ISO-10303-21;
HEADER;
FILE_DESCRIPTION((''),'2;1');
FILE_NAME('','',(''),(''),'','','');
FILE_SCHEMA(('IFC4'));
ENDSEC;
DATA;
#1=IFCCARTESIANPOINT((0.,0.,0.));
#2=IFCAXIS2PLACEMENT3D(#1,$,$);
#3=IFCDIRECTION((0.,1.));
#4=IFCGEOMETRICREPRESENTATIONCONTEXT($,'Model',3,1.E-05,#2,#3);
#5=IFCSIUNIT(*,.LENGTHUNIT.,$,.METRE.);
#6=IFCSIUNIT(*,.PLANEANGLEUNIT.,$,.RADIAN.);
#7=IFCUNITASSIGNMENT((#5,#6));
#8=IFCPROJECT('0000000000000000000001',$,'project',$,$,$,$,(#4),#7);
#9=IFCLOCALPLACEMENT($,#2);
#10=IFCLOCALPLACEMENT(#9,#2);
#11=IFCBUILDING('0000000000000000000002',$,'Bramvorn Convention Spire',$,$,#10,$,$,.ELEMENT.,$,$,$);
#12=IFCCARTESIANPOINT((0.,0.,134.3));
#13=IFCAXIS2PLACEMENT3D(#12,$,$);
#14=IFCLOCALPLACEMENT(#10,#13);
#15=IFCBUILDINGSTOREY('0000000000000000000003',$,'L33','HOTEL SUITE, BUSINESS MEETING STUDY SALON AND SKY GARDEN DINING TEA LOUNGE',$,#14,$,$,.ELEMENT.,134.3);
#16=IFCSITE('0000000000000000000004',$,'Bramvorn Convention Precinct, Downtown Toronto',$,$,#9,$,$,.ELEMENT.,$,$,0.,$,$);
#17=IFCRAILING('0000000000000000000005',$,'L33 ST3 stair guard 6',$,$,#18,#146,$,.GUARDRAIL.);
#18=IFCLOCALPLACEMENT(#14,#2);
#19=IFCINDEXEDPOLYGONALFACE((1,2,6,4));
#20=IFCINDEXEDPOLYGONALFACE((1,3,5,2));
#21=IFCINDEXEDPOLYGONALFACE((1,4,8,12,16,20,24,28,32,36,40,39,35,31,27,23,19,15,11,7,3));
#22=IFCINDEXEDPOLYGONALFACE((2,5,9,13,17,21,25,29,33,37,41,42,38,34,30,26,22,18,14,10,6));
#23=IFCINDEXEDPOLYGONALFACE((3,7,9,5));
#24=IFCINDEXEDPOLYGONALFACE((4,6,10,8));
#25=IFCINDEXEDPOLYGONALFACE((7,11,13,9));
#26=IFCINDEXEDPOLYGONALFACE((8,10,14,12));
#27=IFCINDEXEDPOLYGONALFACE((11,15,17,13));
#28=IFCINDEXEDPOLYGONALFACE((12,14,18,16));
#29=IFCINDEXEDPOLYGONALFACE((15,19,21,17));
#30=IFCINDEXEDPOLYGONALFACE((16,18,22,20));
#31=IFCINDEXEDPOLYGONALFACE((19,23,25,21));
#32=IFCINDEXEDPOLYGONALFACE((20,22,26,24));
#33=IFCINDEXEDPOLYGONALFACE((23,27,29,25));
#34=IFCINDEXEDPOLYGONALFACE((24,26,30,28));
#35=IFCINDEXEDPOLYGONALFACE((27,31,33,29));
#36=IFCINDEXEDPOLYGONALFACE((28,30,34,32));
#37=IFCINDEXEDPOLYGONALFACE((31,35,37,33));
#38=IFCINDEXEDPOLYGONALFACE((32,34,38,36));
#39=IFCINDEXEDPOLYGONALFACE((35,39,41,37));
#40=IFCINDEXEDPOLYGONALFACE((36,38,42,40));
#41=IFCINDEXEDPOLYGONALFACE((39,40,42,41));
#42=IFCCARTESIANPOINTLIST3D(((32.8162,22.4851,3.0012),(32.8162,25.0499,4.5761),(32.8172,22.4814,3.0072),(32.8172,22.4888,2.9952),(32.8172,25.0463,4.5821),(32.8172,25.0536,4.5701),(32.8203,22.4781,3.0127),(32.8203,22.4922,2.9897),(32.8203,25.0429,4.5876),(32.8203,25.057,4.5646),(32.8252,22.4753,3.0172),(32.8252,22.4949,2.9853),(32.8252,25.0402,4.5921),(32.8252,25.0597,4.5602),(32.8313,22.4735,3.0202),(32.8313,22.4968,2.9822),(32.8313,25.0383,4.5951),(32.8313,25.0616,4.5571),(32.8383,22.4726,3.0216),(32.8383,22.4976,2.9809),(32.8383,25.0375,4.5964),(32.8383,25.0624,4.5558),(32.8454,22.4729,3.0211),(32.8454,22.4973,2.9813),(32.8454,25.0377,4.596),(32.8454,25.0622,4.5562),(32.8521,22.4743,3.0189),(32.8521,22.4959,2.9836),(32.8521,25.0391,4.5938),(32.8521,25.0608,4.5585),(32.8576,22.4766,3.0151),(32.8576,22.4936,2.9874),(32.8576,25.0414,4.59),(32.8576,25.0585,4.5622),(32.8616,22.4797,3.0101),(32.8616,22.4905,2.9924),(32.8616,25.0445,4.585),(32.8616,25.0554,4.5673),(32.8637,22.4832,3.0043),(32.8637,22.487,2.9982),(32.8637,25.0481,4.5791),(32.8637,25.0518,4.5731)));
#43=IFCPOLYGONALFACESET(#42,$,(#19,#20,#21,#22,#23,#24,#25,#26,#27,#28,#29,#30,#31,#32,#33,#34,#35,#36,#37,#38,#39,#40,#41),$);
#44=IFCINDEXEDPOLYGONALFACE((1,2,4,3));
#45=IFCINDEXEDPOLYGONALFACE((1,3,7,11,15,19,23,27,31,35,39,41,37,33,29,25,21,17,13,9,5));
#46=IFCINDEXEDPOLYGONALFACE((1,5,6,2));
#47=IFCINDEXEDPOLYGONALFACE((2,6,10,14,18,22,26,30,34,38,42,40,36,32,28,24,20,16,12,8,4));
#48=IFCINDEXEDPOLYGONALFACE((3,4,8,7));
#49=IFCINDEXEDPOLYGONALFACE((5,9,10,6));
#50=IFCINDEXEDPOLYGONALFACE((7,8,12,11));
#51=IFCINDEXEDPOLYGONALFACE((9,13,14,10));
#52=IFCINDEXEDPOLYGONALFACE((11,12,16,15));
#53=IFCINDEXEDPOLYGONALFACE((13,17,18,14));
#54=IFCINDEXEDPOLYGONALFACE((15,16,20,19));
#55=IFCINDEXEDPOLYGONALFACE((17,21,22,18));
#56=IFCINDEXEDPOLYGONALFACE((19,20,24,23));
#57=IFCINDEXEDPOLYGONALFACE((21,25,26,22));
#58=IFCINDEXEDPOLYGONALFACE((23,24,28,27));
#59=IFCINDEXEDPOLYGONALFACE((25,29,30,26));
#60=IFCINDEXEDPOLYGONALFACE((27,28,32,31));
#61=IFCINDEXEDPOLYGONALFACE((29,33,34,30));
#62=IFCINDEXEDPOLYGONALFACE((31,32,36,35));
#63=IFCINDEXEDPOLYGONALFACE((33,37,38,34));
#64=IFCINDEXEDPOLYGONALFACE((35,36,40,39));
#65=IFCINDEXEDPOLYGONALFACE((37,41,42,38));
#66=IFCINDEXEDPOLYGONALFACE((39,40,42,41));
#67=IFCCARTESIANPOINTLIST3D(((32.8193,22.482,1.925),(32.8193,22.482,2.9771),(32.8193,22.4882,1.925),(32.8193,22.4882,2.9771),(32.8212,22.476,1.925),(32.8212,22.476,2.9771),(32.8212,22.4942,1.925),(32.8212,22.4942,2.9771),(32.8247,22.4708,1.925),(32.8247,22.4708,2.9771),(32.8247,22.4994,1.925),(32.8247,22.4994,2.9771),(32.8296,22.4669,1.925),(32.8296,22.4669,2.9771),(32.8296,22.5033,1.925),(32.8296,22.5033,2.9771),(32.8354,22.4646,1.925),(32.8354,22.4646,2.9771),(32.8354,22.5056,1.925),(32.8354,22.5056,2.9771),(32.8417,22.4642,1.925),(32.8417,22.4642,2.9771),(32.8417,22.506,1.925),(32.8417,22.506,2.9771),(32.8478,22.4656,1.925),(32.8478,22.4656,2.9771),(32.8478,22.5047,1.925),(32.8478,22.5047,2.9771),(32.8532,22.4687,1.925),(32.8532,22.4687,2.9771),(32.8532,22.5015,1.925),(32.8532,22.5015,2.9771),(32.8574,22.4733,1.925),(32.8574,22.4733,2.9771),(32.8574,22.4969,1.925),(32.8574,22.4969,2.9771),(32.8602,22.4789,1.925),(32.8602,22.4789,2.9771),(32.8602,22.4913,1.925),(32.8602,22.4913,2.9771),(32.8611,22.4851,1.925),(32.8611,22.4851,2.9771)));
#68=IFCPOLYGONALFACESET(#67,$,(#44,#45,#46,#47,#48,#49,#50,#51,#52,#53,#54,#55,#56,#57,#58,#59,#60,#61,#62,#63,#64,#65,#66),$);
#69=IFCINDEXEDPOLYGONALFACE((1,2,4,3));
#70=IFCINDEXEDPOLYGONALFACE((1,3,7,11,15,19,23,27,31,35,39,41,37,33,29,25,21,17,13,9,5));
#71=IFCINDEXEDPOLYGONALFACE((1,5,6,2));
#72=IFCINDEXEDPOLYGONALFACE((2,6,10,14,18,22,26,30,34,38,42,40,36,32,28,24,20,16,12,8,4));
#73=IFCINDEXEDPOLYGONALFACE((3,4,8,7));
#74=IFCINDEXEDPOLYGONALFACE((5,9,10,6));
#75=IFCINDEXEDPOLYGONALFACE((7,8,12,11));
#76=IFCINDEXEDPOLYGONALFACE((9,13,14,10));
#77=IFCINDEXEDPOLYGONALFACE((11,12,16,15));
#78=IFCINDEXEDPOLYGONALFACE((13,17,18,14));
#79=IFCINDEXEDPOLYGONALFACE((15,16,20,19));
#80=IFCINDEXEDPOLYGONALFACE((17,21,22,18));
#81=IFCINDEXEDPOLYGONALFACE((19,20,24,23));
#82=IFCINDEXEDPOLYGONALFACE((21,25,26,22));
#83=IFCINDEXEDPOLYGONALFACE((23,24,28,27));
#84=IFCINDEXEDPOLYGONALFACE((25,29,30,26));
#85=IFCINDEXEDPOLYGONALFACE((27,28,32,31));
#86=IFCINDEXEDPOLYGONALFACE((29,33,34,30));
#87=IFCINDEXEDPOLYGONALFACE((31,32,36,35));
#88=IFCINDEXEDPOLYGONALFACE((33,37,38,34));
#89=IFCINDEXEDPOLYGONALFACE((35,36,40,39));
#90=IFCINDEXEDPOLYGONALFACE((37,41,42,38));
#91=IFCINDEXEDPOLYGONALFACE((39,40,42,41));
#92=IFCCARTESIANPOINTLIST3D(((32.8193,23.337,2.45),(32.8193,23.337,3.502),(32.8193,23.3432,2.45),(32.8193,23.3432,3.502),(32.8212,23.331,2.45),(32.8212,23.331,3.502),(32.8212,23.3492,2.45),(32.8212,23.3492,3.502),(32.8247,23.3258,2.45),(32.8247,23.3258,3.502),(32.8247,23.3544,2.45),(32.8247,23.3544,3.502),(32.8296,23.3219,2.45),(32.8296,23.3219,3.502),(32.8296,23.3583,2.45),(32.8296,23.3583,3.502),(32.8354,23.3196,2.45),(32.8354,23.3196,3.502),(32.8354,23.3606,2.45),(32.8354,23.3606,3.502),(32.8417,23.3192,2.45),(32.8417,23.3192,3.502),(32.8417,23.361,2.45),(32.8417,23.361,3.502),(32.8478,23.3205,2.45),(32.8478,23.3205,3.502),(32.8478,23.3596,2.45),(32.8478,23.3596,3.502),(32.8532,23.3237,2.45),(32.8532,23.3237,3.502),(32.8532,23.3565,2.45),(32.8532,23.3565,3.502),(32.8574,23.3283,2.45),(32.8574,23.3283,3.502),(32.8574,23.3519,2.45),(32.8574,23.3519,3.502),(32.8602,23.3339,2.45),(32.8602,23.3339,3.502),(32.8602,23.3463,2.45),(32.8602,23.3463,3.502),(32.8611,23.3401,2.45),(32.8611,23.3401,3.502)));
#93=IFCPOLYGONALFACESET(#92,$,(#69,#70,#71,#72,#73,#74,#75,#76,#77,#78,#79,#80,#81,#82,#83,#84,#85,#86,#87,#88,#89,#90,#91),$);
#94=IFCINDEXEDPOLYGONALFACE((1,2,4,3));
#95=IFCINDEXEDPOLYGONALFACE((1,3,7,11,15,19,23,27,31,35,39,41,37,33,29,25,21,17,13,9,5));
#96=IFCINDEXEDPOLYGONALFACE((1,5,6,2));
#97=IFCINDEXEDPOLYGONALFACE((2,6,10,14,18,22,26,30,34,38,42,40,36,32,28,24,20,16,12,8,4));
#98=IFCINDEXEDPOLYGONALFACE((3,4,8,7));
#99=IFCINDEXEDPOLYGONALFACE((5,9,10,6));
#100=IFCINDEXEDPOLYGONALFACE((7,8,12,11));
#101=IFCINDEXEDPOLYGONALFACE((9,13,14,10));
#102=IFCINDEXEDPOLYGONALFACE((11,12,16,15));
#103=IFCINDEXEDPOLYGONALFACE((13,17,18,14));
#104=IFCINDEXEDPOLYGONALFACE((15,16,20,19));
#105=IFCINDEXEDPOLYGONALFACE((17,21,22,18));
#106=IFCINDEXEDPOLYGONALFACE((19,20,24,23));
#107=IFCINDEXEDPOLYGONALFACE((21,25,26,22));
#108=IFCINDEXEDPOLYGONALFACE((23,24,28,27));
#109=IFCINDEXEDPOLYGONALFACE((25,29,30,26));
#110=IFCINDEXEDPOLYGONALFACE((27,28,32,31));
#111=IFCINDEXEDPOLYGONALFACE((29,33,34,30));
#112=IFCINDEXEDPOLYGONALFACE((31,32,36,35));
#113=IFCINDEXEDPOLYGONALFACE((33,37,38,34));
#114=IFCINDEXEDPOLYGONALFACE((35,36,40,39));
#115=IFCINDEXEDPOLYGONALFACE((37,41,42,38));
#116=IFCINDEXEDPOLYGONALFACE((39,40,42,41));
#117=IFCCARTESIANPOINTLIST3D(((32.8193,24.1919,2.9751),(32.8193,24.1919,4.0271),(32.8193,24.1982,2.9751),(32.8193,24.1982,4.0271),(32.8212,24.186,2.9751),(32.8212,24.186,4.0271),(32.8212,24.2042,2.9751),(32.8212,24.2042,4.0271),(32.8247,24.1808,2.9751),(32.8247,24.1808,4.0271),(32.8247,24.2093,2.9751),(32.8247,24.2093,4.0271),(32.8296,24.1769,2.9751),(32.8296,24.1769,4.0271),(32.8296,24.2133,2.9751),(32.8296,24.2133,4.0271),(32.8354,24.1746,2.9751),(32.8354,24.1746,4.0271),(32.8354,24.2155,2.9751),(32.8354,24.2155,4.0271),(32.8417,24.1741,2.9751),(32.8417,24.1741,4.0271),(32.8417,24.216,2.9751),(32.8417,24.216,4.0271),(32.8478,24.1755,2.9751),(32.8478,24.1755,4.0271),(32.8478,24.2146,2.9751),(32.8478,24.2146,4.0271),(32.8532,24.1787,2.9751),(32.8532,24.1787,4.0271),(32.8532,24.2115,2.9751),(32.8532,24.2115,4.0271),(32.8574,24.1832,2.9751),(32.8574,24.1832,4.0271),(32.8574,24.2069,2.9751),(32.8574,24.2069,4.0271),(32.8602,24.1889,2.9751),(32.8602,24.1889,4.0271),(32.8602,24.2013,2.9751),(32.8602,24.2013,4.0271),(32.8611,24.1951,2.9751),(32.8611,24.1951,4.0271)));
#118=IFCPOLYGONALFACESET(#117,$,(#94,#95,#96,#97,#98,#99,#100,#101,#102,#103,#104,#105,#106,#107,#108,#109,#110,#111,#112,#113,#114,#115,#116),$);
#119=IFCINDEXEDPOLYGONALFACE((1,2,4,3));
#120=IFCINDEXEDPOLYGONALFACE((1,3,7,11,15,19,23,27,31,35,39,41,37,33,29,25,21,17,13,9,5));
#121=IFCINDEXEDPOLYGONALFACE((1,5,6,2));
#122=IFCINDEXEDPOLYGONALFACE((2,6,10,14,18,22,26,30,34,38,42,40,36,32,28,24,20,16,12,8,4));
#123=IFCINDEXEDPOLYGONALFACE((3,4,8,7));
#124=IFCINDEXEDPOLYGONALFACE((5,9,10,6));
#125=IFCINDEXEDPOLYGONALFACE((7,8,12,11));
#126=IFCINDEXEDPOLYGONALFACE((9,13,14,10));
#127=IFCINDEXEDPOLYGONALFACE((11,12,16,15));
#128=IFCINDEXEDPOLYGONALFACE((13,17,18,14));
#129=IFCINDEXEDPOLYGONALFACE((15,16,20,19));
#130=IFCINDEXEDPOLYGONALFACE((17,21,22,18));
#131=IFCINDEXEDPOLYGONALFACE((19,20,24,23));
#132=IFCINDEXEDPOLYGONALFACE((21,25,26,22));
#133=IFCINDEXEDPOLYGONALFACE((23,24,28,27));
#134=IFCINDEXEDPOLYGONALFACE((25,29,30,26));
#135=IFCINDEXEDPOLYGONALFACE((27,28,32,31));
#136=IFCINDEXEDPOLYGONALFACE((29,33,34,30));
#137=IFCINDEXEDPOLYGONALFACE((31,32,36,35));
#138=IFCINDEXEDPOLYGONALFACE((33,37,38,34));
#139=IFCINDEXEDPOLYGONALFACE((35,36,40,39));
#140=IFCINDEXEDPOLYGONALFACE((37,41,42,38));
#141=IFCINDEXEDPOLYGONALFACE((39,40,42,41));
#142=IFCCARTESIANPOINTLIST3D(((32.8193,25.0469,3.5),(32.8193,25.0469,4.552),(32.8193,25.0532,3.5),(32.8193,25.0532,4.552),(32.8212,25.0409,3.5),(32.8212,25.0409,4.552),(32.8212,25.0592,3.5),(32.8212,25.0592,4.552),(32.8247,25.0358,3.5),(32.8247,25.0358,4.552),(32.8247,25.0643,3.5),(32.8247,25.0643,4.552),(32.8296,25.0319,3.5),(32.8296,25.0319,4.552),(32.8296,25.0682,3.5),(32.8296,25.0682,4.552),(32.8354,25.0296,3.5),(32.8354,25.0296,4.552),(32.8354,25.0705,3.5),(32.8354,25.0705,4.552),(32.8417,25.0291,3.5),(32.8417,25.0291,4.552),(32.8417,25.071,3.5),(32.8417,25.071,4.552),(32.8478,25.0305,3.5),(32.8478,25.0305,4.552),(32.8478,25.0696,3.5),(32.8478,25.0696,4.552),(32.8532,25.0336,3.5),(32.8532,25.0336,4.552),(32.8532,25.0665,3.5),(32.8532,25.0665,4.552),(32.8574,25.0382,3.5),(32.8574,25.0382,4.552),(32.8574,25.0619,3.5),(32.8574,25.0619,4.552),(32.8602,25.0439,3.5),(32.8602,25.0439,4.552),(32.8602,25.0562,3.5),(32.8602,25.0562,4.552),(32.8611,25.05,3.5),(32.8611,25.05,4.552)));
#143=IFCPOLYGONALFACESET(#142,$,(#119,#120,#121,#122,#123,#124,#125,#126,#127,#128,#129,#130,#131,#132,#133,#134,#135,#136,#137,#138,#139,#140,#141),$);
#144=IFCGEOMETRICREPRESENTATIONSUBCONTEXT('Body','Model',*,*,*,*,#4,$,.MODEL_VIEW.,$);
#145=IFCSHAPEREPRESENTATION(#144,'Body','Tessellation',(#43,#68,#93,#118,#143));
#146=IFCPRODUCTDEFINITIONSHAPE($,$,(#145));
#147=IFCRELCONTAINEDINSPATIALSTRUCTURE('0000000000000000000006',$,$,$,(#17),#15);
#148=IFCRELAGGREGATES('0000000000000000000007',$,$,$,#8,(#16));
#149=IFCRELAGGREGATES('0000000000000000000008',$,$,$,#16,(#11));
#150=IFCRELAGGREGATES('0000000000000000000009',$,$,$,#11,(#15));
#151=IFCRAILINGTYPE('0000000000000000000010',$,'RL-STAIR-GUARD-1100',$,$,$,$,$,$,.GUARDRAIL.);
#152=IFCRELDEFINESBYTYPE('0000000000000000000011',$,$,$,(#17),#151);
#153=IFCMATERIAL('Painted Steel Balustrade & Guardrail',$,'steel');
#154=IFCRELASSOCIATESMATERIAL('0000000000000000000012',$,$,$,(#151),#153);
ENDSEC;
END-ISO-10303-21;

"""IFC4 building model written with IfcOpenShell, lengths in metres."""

from ifc_helpers import new_model, si_unit, direction, frame, origin, origin_2d, place, context, subcontext, project, spatial, circle, extrude, material, type_object, element, save


model = new_model("IFC4")

# Units and contexts
model_context = context("Model", 3, precision=1e-05, world=origin(), true_north=direction((0.0, 1.0)))
body_context = subcontext(model_context, "Body", "Model", "MODEL_VIEW")
ifc_project = project(units=[si_unit("LENGTHUNIT", "METRE"), si_unit("PLANEANGLEUNIT", "RADIAN")], contexts=[model_context])

# Site, building, storey
site_placement = place(None, origin())
site = spatial("IfcSite", under=ifc_project, at=site_placement, Name="Bramvorn Convention Precinct, Downtown Toronto", CompositionType="ELEMENT", RefElevation=0.0)
building_placement = place(site_placement, origin())
building = spatial("IfcBuilding", under=site, at=building_placement, Name="Bramvorn Convention Spire", CompositionType="ELEMENT")
storey_placement = place(building_placement, frame((0.0, 0.0, 134.3)))
storey = spatial("IfcBuildingStorey", under=building, at=storey_placement, Name="L33", Description="HOTEL SUITE, BUSINESS MEETING STUDY SALON AND SKY GARDEN DINING TEA LOUNGE", CompositionType="ELEMENT", Elevation=134.3)

# Railing
ifc_material_1 = material(Name="Painted Steel Balustrade & Guardrail", Category="steel")
railing_type_1 = type_object("IfcRailingType", Name="RL-STAIR-GUARD-1100", PredefinedType="GUARDRAIL", material=ifc_material_1)
railing_1_placement = place(storey_placement, frame((32.8401, 22.4851, 1.925)))
element("IfcRailing", 1, at=railing_1_placement, inside=storey, type_object=railing_type_1, Name="L33 ST3 stair guard 6", PredefinedType="GUARDRAIL", context=body_context, shape_type="SweptSolid", body=[
    extrude(circle(Radius=0.0239, at=origin_2d()), frame((0.0, 0.0, 1.0762), z_axis=(0.0, 0.852173, 0.52326), x_axis=(-1.0, 0.0, 0.0)), (0.0, 0.0, 1.0), 3.0098),
    extrude(circle(Radius=0.021, at=origin_2d()), origin(), (0.0, 0.0, 1.0), 1.052),
    extrude(circle(Radius=0.021, at=origin_2d()), frame((0.0, 0.855, 0.5249)), (0.0, 0.0, 1.0), 1.052),
    extrude(circle(Radius=0.021, at=origin_2d()), frame((0.0, 1.71, 1.05)), (0.0, 0.0, 1.0), 1.052),
    extrude(circle(Radius=0.021, at=origin_2d()), frame((0.0, 2.5649, 1.575)), (0.0, 0.0, 1.0), 1.052),
])

save(model, "model.ifc")
